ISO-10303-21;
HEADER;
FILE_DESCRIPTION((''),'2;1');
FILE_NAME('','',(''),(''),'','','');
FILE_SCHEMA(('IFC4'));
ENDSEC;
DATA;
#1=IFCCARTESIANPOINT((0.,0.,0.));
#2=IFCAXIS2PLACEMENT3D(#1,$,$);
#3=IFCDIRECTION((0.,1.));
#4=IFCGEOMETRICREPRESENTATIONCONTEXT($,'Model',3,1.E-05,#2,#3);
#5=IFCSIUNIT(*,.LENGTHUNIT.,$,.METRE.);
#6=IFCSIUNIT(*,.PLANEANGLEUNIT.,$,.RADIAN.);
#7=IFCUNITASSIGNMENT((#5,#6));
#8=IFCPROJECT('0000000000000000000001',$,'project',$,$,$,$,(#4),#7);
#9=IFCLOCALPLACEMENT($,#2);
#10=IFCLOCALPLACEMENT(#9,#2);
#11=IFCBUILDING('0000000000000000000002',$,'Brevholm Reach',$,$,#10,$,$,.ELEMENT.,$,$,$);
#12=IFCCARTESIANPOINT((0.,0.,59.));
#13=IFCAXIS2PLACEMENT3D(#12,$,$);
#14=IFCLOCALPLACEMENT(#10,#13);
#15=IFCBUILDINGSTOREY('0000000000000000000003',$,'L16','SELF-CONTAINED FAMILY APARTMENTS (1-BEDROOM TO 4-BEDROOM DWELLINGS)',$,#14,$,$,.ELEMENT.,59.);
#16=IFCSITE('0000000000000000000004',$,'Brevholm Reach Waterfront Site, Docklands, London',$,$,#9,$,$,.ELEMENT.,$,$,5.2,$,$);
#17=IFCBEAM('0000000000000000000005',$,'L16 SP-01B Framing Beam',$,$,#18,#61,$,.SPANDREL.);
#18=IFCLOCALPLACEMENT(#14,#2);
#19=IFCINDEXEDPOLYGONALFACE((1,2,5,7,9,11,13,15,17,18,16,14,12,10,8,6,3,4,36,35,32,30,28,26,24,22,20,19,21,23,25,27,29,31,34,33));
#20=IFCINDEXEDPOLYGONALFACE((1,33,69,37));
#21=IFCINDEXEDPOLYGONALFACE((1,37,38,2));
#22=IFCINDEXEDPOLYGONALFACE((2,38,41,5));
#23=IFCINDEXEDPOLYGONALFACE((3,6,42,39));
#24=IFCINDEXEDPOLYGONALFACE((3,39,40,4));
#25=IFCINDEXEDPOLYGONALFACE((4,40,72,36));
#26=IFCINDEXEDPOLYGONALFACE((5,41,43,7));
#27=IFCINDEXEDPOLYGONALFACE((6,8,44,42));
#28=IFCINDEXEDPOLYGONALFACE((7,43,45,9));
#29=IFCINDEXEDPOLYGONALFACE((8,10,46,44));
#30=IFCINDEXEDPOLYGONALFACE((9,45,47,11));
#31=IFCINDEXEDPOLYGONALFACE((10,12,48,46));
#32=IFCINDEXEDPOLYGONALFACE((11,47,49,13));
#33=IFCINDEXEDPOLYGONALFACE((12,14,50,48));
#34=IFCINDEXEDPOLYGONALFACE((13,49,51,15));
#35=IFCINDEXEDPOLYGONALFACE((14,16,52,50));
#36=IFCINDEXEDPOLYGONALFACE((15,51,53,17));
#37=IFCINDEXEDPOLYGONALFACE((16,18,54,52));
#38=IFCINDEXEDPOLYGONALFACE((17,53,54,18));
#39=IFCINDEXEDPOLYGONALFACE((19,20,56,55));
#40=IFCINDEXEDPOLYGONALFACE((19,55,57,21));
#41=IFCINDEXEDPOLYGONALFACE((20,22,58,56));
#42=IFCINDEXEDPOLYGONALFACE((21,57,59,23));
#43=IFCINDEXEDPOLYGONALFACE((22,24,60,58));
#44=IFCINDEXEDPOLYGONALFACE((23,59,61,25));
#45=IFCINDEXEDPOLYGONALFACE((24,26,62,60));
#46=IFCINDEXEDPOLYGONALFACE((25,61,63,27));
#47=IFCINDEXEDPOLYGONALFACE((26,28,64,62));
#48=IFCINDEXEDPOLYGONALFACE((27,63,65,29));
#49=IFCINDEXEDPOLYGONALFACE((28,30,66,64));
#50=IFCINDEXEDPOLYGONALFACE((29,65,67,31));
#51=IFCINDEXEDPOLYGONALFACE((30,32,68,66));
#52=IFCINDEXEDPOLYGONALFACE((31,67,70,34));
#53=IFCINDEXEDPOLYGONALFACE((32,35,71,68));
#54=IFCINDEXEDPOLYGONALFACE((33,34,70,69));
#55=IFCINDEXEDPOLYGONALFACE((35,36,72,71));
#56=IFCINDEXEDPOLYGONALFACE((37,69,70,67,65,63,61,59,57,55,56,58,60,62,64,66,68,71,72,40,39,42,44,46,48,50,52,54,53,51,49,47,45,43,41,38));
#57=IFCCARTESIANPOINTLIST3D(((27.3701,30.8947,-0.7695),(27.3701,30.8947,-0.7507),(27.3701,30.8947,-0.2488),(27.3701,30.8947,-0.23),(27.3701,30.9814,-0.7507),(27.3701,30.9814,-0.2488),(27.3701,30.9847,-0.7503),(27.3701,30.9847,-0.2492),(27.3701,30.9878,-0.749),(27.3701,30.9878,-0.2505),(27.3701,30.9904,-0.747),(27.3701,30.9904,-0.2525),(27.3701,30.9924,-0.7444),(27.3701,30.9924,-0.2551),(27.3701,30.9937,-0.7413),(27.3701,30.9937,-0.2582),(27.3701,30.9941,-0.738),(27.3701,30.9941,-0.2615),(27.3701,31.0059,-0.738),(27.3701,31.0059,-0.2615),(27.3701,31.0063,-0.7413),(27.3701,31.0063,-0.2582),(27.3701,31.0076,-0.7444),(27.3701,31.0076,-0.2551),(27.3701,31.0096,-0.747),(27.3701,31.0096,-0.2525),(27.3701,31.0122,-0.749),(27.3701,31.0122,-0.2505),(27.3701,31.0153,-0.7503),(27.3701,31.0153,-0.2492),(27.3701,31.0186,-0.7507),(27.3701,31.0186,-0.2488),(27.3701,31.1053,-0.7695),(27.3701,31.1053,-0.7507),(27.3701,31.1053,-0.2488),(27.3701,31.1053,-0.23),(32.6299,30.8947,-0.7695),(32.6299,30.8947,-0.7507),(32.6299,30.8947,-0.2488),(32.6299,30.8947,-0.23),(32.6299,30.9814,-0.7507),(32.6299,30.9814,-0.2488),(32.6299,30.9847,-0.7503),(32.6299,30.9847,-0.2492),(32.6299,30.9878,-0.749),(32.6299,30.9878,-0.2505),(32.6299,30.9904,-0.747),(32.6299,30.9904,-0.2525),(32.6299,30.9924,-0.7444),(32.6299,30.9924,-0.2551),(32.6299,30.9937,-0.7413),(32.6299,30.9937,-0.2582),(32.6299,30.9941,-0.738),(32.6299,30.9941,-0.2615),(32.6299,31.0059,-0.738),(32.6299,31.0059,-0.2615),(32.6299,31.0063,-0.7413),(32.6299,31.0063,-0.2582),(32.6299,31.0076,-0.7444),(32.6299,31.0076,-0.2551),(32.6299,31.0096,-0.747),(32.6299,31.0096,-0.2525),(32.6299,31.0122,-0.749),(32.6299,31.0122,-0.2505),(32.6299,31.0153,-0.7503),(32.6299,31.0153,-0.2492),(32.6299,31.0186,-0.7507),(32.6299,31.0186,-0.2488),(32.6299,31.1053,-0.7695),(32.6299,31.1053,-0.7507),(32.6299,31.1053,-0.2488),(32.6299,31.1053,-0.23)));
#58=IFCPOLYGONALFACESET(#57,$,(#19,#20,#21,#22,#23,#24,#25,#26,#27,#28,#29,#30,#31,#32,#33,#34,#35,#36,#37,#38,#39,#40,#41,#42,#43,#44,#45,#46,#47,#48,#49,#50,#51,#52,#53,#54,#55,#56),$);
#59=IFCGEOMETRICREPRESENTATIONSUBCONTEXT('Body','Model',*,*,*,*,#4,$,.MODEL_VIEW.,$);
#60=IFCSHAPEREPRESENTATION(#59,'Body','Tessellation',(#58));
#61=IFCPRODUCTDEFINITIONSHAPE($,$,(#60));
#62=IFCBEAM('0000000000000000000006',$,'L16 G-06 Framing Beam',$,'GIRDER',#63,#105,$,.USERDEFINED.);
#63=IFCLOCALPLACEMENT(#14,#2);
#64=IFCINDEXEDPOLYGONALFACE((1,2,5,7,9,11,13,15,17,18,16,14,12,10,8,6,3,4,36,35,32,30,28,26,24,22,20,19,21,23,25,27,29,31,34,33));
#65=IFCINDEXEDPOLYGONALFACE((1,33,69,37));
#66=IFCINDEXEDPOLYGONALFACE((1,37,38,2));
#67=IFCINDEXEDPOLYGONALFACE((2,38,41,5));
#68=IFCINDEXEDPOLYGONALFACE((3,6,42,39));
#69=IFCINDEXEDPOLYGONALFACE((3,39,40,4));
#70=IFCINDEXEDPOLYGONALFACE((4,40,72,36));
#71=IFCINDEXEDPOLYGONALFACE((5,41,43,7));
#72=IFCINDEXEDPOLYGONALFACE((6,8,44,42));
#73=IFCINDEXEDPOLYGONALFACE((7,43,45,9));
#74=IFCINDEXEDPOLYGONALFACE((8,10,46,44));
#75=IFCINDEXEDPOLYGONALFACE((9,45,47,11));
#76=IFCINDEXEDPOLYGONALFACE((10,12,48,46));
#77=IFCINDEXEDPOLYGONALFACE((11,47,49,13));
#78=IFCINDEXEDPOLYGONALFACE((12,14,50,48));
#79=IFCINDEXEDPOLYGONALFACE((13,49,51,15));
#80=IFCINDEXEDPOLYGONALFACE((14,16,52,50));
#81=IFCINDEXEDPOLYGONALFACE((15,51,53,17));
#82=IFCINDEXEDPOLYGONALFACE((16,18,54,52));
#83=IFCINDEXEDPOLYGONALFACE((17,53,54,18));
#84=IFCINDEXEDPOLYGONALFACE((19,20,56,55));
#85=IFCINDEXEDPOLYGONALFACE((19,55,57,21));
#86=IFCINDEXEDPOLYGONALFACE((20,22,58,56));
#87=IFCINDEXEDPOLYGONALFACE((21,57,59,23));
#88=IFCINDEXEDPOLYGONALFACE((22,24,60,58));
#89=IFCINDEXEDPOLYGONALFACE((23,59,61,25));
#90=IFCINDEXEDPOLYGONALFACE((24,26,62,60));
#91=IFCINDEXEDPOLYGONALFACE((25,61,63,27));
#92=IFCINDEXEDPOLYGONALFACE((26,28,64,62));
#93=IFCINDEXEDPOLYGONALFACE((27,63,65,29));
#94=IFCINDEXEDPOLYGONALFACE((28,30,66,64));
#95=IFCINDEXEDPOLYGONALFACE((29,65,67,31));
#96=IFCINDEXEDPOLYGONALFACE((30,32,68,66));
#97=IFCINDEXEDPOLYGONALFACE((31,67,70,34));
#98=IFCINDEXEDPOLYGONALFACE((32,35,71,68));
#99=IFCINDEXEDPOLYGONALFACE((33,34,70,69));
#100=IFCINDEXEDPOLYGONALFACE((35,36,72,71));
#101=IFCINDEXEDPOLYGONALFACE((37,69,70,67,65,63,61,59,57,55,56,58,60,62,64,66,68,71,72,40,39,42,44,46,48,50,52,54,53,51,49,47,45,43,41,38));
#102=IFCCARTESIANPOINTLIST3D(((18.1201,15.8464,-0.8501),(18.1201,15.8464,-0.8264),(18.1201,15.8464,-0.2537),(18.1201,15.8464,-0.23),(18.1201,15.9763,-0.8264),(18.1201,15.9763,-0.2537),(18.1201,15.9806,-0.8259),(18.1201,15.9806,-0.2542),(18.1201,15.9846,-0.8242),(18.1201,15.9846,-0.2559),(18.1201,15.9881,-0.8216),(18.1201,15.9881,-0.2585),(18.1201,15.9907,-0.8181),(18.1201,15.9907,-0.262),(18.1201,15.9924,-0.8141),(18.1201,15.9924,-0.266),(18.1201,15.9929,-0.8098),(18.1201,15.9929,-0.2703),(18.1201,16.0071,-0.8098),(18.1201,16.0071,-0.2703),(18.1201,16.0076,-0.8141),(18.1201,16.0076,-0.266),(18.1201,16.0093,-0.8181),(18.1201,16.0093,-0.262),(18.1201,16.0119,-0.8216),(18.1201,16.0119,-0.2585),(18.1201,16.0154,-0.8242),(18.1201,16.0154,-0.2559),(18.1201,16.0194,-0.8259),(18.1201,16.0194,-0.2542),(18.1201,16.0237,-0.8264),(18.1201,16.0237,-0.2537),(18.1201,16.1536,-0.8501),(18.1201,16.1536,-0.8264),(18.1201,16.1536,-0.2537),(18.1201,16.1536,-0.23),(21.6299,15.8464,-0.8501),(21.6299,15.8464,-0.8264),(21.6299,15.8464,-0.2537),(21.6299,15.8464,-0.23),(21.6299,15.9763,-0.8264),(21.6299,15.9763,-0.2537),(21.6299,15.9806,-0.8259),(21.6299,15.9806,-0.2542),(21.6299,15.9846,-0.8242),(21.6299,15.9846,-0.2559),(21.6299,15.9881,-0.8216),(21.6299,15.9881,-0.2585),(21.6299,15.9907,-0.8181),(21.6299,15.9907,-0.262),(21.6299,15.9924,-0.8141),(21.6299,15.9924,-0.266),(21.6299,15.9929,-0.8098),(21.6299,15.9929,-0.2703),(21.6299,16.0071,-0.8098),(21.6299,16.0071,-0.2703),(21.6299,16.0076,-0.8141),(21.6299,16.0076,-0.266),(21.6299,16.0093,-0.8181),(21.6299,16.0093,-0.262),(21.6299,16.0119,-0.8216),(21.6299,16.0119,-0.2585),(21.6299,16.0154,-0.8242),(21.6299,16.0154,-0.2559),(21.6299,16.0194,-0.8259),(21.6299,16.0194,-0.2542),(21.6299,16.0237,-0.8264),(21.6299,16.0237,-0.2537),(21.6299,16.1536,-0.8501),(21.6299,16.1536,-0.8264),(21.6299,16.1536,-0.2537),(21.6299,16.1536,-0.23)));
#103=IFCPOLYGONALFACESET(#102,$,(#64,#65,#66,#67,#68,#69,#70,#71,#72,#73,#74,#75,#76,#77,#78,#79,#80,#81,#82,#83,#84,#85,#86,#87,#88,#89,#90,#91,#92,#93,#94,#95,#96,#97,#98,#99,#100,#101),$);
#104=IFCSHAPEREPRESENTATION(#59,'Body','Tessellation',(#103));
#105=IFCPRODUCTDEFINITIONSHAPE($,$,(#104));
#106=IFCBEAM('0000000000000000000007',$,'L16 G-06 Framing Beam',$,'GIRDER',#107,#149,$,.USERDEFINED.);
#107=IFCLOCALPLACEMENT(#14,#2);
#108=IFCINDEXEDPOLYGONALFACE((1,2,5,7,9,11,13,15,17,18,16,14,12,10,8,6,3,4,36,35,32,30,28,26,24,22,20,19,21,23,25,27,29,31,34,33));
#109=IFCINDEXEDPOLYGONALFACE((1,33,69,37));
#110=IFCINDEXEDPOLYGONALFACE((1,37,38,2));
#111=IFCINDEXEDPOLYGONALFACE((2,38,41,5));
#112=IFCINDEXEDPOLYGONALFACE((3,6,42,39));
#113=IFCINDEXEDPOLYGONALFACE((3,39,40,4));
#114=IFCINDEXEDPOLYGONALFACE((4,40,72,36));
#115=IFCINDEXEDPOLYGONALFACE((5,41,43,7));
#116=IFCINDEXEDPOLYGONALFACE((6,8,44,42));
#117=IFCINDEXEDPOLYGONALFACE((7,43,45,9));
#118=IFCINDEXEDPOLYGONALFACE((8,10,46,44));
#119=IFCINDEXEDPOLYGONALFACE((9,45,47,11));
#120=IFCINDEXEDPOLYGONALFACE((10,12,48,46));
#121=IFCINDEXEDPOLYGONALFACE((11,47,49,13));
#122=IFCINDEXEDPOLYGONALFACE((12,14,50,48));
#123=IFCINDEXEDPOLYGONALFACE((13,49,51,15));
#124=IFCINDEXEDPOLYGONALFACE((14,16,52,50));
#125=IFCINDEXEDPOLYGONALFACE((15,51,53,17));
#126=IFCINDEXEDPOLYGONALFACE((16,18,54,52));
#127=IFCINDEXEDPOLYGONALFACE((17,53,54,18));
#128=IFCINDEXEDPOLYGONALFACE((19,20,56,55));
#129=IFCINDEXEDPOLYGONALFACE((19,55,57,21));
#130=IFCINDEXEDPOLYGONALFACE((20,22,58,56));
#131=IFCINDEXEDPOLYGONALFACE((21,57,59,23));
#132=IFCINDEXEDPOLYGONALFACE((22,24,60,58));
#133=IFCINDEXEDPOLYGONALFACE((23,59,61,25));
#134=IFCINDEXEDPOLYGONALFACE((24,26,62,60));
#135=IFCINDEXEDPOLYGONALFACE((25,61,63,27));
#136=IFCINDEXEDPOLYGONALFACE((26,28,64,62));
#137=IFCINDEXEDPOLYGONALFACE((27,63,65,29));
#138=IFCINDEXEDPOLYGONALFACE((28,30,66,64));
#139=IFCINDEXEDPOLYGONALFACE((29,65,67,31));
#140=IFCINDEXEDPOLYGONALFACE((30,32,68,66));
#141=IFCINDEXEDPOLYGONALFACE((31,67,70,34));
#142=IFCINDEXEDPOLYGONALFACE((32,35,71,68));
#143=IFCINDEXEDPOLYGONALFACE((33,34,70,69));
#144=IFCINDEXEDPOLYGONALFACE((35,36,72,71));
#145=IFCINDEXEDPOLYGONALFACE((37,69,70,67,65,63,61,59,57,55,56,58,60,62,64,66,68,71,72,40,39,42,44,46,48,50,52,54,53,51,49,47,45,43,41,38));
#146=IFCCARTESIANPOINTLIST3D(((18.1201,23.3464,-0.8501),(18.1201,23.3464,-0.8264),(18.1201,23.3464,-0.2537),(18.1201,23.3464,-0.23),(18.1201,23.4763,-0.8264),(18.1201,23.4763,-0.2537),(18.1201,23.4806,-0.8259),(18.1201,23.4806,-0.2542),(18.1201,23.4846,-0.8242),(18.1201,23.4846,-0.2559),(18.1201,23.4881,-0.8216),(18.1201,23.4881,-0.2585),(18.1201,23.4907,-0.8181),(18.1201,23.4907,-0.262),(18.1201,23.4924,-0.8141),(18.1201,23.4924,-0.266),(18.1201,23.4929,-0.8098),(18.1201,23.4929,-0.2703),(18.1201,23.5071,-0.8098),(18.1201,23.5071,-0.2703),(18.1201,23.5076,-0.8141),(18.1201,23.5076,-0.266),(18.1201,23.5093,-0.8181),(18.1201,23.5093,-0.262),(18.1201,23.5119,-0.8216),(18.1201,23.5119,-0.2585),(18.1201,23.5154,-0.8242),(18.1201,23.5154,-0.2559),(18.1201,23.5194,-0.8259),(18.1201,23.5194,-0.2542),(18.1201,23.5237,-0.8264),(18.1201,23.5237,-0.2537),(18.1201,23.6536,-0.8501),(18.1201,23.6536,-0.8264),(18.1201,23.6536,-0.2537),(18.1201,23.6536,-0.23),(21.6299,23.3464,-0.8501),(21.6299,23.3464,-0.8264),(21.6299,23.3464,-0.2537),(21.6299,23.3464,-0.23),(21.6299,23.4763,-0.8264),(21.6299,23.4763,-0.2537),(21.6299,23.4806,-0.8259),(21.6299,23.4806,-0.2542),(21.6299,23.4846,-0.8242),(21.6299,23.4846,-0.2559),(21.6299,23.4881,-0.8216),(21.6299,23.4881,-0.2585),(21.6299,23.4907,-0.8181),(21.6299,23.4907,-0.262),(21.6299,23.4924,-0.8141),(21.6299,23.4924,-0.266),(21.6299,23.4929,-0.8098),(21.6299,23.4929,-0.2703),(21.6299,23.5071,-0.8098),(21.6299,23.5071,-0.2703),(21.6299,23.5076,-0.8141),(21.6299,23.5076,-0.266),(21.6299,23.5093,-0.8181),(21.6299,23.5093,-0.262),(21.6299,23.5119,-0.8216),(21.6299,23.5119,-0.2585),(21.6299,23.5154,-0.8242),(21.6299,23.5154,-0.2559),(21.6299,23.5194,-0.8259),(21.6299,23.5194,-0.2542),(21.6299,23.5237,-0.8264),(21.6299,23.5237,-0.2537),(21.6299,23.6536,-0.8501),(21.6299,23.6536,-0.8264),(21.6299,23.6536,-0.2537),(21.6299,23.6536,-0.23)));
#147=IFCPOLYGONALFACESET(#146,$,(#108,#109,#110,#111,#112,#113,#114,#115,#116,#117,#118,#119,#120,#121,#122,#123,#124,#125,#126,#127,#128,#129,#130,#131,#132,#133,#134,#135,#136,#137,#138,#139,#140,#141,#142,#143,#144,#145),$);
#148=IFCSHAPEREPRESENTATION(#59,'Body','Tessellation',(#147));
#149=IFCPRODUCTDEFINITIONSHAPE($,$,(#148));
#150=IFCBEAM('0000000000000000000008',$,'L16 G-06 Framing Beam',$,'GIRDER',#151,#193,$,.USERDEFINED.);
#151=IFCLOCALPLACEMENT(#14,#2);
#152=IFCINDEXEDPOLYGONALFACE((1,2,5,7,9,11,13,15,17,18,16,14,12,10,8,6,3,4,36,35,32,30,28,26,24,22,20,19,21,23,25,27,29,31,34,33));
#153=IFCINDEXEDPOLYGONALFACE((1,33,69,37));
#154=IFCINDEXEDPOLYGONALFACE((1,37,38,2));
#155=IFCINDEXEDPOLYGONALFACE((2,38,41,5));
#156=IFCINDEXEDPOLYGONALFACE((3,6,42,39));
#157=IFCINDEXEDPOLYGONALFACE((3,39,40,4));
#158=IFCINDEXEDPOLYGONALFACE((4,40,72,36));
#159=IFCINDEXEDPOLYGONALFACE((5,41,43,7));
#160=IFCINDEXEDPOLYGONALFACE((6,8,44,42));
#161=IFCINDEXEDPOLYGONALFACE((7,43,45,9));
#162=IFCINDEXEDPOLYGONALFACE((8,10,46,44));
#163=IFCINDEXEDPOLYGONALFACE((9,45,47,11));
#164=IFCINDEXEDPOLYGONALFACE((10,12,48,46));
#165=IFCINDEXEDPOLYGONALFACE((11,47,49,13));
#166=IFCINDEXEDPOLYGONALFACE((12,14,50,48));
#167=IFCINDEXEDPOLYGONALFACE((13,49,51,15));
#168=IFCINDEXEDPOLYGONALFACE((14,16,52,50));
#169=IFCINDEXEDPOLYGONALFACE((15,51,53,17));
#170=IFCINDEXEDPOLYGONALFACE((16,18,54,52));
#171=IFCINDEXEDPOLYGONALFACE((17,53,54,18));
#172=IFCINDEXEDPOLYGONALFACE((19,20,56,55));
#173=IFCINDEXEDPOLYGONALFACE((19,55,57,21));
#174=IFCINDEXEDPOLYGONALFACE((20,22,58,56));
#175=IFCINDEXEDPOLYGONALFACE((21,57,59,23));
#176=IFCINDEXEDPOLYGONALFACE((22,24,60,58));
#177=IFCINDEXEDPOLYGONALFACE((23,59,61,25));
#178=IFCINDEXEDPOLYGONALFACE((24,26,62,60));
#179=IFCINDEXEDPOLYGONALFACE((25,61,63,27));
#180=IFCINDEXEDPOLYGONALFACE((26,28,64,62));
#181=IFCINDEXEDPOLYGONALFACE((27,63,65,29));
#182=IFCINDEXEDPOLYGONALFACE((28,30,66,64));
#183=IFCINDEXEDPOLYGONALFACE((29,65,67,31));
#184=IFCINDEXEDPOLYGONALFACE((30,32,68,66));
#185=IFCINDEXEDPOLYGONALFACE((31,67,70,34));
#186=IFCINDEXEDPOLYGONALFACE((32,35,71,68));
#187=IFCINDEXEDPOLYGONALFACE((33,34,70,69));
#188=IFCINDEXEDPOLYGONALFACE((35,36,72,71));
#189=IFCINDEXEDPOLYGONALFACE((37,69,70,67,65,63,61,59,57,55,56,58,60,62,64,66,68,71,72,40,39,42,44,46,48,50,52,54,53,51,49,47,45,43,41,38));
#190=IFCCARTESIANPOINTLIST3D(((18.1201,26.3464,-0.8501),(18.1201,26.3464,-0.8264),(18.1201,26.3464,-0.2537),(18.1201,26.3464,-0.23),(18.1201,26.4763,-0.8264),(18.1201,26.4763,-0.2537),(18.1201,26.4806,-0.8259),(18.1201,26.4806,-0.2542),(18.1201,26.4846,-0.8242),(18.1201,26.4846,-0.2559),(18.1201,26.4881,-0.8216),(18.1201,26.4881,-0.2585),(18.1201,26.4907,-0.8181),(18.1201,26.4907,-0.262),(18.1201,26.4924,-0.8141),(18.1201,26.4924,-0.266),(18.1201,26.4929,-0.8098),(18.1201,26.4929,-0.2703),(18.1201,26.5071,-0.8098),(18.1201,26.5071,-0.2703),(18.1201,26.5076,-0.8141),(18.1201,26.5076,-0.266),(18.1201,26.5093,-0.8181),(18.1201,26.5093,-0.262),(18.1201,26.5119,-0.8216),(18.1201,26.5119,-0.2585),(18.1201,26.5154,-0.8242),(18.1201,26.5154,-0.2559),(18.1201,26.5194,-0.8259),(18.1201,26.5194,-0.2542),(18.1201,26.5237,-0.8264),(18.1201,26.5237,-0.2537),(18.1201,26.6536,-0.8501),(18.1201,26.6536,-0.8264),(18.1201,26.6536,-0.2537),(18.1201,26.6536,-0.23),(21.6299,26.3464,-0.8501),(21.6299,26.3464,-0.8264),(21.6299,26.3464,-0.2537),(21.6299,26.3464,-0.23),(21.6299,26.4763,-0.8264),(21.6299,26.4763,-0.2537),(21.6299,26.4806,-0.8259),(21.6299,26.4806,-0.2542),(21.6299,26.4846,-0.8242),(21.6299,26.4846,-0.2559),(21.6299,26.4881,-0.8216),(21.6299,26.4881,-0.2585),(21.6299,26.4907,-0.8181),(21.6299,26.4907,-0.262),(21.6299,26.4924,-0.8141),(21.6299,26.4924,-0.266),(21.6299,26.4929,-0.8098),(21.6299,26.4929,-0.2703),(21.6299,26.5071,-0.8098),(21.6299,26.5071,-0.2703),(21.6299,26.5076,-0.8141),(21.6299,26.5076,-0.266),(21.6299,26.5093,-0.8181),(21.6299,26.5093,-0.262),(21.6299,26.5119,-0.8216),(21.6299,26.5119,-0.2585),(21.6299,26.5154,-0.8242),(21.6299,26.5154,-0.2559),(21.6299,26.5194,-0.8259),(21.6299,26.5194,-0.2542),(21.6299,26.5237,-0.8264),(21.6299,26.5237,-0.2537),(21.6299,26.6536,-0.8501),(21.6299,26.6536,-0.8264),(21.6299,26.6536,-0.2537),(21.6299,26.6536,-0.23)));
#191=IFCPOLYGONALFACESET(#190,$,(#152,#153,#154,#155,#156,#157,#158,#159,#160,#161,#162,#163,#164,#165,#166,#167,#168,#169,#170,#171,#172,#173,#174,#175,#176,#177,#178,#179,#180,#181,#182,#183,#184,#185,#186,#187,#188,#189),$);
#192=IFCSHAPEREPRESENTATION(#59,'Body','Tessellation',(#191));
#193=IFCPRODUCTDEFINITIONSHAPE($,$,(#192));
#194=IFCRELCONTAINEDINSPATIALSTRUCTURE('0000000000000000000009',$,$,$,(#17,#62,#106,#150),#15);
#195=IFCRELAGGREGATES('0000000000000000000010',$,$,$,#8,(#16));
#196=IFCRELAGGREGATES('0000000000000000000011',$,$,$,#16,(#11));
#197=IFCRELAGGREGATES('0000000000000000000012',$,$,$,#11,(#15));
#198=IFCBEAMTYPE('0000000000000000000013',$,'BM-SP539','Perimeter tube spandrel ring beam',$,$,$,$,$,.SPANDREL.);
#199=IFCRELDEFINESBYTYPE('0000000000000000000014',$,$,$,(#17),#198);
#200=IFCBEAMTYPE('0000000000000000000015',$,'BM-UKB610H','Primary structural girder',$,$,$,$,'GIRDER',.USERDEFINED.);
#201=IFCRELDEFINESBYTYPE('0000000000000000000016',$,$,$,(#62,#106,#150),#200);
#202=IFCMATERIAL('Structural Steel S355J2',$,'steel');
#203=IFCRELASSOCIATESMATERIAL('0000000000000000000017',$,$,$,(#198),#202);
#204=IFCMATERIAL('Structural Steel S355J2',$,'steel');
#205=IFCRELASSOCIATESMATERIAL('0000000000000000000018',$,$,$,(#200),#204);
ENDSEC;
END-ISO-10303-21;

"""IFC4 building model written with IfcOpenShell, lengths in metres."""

from ifc_helpers import new_model, si_unit, direction, frame, origin, origin_2d, place, context, subcontext, project, spatial, i_section, extrude, material, material_profile, profile_set, type_object, element, save


model = new_model("IFC4")

# Units and contexts
model_context = context("Model", 3, precision=1e-05, world=origin(), true_north=direction((0.0, 1.0)))
body_context = subcontext(model_context, "Body", "Model", "MODEL_VIEW")
ifc_project = project(units=[si_unit("LENGTHUNIT", "METRE"), si_unit("PLANEANGLEUNIT", "RADIAN")], contexts=[model_context])

# Site, building, storey
site_placement = place(None, origin())
site = spatial("IfcSite", under=ifc_project, at=site_placement, Name="Brevholm Reach Waterfront Site, Docklands, London", CompositionType="ELEMENT", RefElevation=5.2)
building_placement = place(site_placement, origin())
building = spatial("IfcBuilding", under=site, at=building_placement, Name="Brevholm Reach", CompositionType="ELEMENT")
storey_placement = place(building_placement, frame((0.0, 0.0, 59.0)))
storey = spatial("IfcBuildingStorey", under=building, at=storey_placement, Name="L16", Description="SELF-CONTAINED FAMILY APARTMENTS (1-BEDROOM TO 4-BEDROOM DWELLINGS)", CompositionType="ELEMENT", Elevation=59.0)

# Beams
ifc_material_1 = material(Name="Structural Steel S355J2", Category="steel")
ifc_material_profile_1 = material_profile(ifc_material_1, i_section(OverallWidth=0.2107, OverallDepth=0.5396, WebThickness=0.0117, FlangeThickness=0.0188, FilletRadius=0.0127, at=origin_2d()), Name="UKB 533x210x109")
ifc_profile_set_1 = profile_set([ifc_material_profile_1], Name="Structural Steel S355J2")
beam_type_1 = type_object("IfcBeamType", Name="BM-SP539", Description="Perimeter tube spandrel ring beam", PredefinedType="SPANDREL", material=ifc_profile_set_1)
for number, where, z_axis, x_axis, name in (
    (1, (27.3701, 31.0, -0.4998), (1.0, 0.0, 0.0), (0.0, 1.0, 0.0), "L16 SP-01B Framing Beam"),
):
    element("IfcBeam", number, at=place(storey_placement, frame(where, z_axis=z_axis, x_axis=x_axis)), inside=storey, type_object=beam_type_1, Name=name, PredefinedType="SPANDREL", context=body_context, shape_type="SweptSolid", body=[
        extrude(i_section(OverallWidth=0.2107, OverallDepth=0.5396, WebThickness=0.0117, FlangeThickness=0.0188, FilletRadius=0.0127, at=origin_2d()), origin(), (0.0, 0.0, 1.0), 5.2598),
    ])
ifc_material_2 = material(Name="Structural Steel S355J2", Category="steel")
ifc_material_profile_2 = material_profile(ifc_material_2, i_section(OverallWidth=0.3071, OverallDepth=0.6201, WebThickness=0.0142, FlangeThickness=0.0237, FilletRadius=0.0166, at=origin_2d()), Name="UKB 610x305x179")
ifc_profile_set_2 = profile_set([ifc_material_profile_2], Name="Structural Steel S355J2")
beam_type_2 = type_object("IfcBeamType", Name="BM-UKB610H", Description="Primary structural girder", ElementType="GIRDER", PredefinedType="USERDEFINED", material=ifc_profile_set_2)
for number, where, z_axis, x_axis, name in (
    (2, (18.1201, 16.0, -0.54), (1.0, 0.0, 0.0), (0.0, 1.0, 0.0), "L16 G-06 Framing Beam"),
    (3, (18.1201, 23.5, -0.54), (1.0, 0.0, 0.0), (0.0, 1.0, 0.0), "L16 G-06 Framing Beam"),
    (4, (18.1201, 26.5, -0.54), (1.0, 0.0, 0.0), (0.0, 1.0, 0.0), "L16 G-06 Framing Beam"),
):
    element("IfcBeam", number, at=place(storey_placement, frame(where, z_axis=z_axis, x_axis=x_axis)), inside=storey, type_object=beam_type_2, Name=name, ObjectType="GIRDER", PredefinedType="USERDEFINED", context=body_context, shape_type="SweptSolid", body=[
        extrude(i_section(OverallWidth=0.3071, OverallDepth=0.6201, WebThickness=0.0142, FlangeThickness=0.0237, FilletRadius=0.0166, at=origin_2d()), origin(), (0.0, 0.0, 1.0), 3.5098),
    ])

save(model, "model.ifc")
